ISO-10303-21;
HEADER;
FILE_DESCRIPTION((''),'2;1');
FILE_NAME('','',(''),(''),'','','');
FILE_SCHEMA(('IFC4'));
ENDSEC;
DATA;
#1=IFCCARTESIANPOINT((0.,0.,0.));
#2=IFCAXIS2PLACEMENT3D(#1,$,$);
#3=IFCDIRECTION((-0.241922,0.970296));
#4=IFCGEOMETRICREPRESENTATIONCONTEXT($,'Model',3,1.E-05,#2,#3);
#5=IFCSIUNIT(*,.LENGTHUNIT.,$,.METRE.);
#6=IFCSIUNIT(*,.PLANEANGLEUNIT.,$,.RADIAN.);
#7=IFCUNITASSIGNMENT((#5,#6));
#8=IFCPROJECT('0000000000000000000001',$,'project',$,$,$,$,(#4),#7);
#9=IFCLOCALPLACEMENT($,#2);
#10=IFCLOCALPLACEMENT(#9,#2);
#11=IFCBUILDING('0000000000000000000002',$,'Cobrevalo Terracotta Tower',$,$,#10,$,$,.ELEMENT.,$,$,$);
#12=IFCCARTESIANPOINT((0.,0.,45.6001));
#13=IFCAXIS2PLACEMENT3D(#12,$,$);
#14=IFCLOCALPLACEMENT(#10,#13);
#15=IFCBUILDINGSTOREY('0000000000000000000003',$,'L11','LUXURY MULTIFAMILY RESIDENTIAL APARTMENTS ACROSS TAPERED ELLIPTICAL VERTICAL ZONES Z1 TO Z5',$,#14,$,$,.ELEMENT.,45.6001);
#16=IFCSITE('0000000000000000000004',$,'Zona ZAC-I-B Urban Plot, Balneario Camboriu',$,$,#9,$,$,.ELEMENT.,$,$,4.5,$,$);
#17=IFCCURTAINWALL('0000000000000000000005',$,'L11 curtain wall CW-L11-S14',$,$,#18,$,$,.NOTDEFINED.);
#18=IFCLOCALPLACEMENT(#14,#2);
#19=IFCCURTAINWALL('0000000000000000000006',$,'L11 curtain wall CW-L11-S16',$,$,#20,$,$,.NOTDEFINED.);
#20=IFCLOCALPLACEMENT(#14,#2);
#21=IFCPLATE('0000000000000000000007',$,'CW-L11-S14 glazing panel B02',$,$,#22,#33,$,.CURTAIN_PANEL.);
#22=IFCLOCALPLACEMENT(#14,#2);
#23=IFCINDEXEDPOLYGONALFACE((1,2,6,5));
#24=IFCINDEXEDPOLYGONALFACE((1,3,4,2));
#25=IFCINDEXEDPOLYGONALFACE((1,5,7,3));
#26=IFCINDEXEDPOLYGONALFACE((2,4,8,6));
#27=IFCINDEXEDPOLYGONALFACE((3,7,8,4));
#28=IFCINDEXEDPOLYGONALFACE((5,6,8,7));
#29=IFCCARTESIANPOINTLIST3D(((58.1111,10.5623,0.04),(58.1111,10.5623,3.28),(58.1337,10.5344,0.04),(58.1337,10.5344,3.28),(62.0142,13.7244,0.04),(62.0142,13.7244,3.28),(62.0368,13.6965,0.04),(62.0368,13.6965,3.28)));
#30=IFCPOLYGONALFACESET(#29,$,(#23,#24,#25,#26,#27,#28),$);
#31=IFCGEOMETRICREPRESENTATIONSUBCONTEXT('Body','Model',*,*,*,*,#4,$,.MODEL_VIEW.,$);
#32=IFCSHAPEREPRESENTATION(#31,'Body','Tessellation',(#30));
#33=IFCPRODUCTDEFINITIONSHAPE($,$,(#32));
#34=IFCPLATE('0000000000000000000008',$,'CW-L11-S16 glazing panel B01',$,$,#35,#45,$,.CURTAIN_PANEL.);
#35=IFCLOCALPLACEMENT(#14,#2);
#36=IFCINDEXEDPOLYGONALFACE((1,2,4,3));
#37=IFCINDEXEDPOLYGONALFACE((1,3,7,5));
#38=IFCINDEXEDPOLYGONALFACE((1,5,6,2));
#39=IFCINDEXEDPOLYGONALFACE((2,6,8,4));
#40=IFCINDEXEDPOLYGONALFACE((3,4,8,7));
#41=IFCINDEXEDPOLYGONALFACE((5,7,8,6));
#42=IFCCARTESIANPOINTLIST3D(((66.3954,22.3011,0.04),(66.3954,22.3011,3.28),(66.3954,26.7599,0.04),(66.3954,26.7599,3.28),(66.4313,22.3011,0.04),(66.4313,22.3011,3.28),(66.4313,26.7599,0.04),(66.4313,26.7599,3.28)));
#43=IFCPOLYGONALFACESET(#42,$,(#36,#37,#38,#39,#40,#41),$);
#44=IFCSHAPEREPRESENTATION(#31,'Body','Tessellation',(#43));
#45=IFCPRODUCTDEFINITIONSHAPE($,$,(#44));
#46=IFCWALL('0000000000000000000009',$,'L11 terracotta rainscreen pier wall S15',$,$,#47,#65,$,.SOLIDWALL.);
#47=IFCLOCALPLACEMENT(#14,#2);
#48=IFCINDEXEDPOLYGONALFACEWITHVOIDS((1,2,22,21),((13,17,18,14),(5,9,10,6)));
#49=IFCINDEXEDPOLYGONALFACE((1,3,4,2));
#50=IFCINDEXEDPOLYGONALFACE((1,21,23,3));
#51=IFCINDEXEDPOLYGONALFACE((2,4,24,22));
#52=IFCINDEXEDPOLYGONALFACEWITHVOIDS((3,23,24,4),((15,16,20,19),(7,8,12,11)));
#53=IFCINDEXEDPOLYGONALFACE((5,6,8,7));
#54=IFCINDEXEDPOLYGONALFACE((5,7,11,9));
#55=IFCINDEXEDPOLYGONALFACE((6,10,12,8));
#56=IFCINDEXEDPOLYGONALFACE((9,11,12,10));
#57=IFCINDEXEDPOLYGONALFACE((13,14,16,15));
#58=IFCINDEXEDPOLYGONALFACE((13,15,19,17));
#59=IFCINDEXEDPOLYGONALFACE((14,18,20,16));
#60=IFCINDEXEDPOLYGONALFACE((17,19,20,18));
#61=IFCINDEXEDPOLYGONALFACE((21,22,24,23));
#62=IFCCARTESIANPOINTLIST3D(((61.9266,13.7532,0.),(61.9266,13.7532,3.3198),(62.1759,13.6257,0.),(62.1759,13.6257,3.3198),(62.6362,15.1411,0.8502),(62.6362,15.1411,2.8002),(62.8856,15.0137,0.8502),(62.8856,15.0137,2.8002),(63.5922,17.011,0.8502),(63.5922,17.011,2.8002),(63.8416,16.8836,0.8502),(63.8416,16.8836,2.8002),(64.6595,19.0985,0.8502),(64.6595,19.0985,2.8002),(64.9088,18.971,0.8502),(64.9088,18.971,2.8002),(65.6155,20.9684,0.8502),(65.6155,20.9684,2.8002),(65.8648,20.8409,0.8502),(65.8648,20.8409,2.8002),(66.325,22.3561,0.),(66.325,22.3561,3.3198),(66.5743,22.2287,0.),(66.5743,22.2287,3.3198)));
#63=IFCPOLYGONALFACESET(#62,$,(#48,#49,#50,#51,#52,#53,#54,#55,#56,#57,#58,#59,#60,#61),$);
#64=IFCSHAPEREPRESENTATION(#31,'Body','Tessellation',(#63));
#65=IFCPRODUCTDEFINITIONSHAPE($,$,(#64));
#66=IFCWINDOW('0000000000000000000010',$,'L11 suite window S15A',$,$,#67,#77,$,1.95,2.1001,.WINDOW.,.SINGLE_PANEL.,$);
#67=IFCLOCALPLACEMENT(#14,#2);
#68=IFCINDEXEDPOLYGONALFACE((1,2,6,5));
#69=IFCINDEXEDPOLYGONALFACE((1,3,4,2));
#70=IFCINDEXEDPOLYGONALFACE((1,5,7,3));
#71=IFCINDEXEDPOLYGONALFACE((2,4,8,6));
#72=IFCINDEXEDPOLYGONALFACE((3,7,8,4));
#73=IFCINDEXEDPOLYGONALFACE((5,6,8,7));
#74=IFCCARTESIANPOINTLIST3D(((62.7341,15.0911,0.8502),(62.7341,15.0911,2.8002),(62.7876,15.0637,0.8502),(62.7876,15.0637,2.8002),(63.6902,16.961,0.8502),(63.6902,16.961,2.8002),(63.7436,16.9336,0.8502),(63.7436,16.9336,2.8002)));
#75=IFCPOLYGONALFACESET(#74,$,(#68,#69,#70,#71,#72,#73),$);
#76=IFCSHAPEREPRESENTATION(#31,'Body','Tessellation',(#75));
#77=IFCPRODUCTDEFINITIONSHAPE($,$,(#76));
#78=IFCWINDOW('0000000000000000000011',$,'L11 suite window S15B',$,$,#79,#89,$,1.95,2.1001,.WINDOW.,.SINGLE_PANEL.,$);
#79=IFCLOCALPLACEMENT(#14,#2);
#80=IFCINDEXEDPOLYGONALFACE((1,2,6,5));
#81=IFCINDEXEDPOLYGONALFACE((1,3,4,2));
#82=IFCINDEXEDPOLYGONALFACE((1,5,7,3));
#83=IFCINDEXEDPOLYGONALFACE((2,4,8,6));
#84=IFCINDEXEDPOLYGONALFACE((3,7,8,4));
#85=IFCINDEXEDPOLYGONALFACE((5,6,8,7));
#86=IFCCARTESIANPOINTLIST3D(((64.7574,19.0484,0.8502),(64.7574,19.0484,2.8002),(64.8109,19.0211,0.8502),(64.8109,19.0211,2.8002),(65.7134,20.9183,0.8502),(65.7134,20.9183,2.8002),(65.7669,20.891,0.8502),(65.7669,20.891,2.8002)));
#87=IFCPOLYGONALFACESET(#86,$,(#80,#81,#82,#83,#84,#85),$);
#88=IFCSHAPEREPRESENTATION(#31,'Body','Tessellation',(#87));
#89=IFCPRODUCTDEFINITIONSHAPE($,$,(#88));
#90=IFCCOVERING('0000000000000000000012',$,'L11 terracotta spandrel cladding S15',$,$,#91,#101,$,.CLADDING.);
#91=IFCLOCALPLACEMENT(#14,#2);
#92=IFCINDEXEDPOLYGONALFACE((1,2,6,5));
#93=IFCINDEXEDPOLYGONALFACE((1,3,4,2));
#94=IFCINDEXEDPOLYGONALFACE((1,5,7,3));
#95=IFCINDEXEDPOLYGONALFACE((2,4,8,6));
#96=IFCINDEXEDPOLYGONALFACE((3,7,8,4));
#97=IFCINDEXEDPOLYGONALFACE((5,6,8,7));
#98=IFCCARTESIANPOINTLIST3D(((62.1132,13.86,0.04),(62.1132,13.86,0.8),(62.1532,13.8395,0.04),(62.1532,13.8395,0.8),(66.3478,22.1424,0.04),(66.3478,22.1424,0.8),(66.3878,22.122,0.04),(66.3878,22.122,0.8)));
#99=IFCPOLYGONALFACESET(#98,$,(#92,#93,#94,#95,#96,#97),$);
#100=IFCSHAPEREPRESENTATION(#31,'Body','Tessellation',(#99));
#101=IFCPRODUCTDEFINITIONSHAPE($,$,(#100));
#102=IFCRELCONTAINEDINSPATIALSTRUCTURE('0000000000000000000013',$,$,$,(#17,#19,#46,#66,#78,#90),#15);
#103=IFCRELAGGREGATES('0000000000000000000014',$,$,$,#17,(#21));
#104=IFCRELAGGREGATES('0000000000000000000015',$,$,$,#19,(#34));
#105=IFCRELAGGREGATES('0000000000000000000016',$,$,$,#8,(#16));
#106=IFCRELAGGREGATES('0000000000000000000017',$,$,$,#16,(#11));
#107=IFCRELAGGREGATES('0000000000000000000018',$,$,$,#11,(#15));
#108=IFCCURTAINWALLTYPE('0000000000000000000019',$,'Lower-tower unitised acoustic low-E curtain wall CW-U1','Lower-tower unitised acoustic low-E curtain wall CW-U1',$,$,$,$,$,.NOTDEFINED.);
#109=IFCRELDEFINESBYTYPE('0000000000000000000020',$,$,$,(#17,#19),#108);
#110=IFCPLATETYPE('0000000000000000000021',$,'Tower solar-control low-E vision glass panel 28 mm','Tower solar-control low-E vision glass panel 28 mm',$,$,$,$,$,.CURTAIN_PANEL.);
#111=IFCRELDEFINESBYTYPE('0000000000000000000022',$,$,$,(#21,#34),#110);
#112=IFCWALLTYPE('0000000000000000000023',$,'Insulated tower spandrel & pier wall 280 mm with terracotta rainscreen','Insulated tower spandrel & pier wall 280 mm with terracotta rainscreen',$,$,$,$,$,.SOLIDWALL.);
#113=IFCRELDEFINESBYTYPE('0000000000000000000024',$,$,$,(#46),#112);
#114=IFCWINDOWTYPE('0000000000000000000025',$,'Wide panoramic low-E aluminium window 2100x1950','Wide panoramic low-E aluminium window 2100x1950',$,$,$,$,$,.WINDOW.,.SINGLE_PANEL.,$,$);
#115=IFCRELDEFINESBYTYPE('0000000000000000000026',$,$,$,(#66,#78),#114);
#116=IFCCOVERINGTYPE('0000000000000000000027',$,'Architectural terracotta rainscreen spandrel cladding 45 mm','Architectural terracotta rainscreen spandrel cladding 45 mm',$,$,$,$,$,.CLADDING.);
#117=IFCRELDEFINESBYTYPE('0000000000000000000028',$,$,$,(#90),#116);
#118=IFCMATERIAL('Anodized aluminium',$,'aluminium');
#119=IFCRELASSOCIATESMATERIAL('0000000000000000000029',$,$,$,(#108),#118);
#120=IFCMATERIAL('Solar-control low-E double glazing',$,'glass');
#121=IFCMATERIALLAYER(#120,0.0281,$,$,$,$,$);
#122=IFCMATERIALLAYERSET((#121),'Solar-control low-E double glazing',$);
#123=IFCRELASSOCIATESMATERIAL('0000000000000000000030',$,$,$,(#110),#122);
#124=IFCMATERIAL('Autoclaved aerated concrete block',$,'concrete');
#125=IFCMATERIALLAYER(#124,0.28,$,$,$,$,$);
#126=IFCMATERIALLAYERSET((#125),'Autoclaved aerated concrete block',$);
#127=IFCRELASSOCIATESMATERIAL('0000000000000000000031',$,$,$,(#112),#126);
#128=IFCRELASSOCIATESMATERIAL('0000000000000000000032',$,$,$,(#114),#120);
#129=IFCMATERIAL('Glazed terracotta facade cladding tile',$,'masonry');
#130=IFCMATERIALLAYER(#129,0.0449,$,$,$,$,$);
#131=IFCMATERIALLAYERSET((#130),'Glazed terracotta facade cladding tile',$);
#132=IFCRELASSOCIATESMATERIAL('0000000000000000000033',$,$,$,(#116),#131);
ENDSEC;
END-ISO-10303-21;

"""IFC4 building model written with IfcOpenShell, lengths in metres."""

from ifc_helpers import new_model, si_unit, direction, frame, frame_2d, origin, origin_2d, place, context, subcontext, project, spatial, rectangle, extrude, source, transform, mapped, material, layer, layer_set, type_object, element, fill, aggregate, save


model = new_model("IFC4")

# Units and contexts
model_context = context("Model", 3, precision=1e-05, world=origin(), true_north=direction((-0.241922, 0.970296)))
body_context = subcontext(model_context, "Body", "Model", "MODEL_VIEW")
ifc_project = project(units=[si_unit("LENGTHUNIT", "METRE"), si_unit("PLANEANGLEUNIT", "RADIAN")], contexts=[model_context])

# Site, building, storey
site_placement = place(None, origin())
site = spatial("IfcSite", under=ifc_project, at=site_placement, Name="Zona ZAC-I-B Urban Plot, Balneario Camboriu", CompositionType="ELEMENT", RefElevation=4.5)
building_placement = place(site_placement, origin())
building = spatial("IfcBuilding", under=site, at=building_placement, Name="Cobrevalo Terracotta Tower", CompositionType="ELEMENT")
storey_placement = place(building_placement, frame((0.0, 0.0, 45.6001)))
storey = spatial("IfcBuildingStorey", under=building, at=storey_placement, Name="L11", Description="LUXURY MULTIFAMILY RESIDENTIAL APARTMENTS ACROSS TAPERED ELLIPTICAL VERTICAL ZONES Z1 TO Z5", CompositionType="ELEMENT", Elevation=45.6001)

# Curtain walls
ifc_material_1 = material(Name="Anodized aluminium", Category="aluminium")
curtain_wall_type = type_object("IfcCurtainWallType", Name="Lower-tower unitised acoustic low-E curtain wall CW-U1", Description="Lower-tower unitised acoustic low-E curtain wall CW-U1", PredefinedType="NOTDEFINED", material=ifc_material_1)
curtain_wall_1_placement = place(storey_placement, origin())
curtain_wall_1 = element("IfcCurtainWall", 1, at=curtain_wall_1_placement, inside=storey, type_object=curtain_wall_type, Name="L11 curtain wall CW-L11-S14", PredefinedType="NOTDEFINED")
curtain_wall_2_placement = place(storey_placement, origin())
curtain_wall_2 = element("IfcCurtainWall", 2, at=curtain_wall_2_placement, inside=storey, type_object=curtain_wall_type, Name="L11 curtain wall CW-L11-S16", PredefinedType="NOTDEFINED")

# Plates
ifc_material_2 = material(Name="Solar-control low-E double glazing", Category="glass")
ifc_layer_1 = layer(ifc_material_2, 0.0281)
ifc_layer_set_1 = layer_set([ifc_layer_1], Name="Solar-control low-E double glazing")
plate_type = type_object("IfcPlateType", Name="Tower solar-control low-E vision glass panel 28 mm", Description="Tower solar-control low-E vision glass panel 28 mm", PredefinedType="CURTAIN_PANEL", material=ifc_layer_set_1)
shared_shape_1 = source(origin(), body_context, "Body", "SweptSolid", [
    extrude(rectangle(XDim=5.0232, YDim=0.0359, at=origin_2d()), origin(), (0.0, 0.0, 1.0), 3.24),
])
plate_1_placement = place(storey_placement, frame((60.074, 12.1294, 0.04), z_axis=(0.0, 0.0, 1.0), x_axis=(0.777008, 0.629491, 0.0)))
plate_1 = element("IfcPlate", 3, at=plate_1_placement, type_object=plate_type, Name="CW-L11-S14 glazing panel B02", PredefinedType="CURTAIN_PANEL", context=body_context, shape_type="MappedRepresentation", body=[
    mapped(shared_shape_1, transform((0.0, 0.0, 0.0), scale=1.0)),
])
aggregate(curtain_wall_1, [plate_1])
shared_shape_2 = source(origin(), body_context, "Body", "SweptSolid", [
    extrude(rectangle(XDim=4.4587, YDim=0.0359, at=origin_2d()), origin(), (0.0, 0.0, 1.0), 3.24),
])
plate_2_placement = place(storey_placement, frame((66.4133, 24.5305, 0.04), z_axis=(0.0, 0.0, 1.0), x_axis=(0.0, 1.0, 0.0)))
plate_2 = element("IfcPlate", 4, at=plate_2_placement, type_object=plate_type, Name="CW-L11-S16 glazing panel B01", PredefinedType="CURTAIN_PANEL", context=body_context, shape_type="MappedRepresentation", body=[
    mapped(shared_shape_2, transform((0.0, 0.0, 0.0), scale=1.0)),
])
aggregate(curtain_wall_2, [plate_2])

# Wall, openings, windows
ifc_material_3 = material(Name="Autoclaved aerated concrete block", Category="concrete")
ifc_layer_2 = layer(ifc_material_3, 0.28)
ifc_layer_set_2 = layer_set([ifc_layer_2], Name="Autoclaved aerated concrete block")
wall_type = type_object("IfcWallType", Name="Insulated tower spandrel & pier wall 280 mm with terracotta rainscreen", Description="Insulated tower spandrel & pier wall 280 mm with terracotta rainscreen", PredefinedType="SOLIDWALL", material=ifc_layer_set_2)
wall_placement = place(storey_placement, frame((62.0513, 13.6895, 0.0), z_axis=(0.0, 0.0, 1.0), x_axis=(0.455221, 0.890379, 0.0)))
wall = element("IfcWall", 5, at=wall_placement, inside=storey, type_object=wall_type, Name="L11 terracotta rainscreen pier wall S15", PredefinedType="SOLIDWALL", context=body_context, shape_type="SweptSolid", body=[
    extrude(rectangle(XDim=9.6621, YDim=0.28, at=frame_2d((4.8311, 0.0))), origin(), (0.0, 0.0, 1.0), 3.3198),
])
opening_1_placement = place(wall_placement, frame((1.5588, 0.0, 0.8501)))
opening_1 = element("IfcOpeningElement", 6, at=opening_1_placement, cuts=wall, PredefinedType="OPENING", context=body_context, shape_type="SweptSolid", body=[
    extrude(rectangle(XDim=2.1001, YDim=1.95, at=frame_2d((1.05, 0.9751))), frame((0.0, 0.1499, 0.0), z_axis=(0.0, -1.0, 0.0), x_axis=(1.0, 0.0, 0.0)), (0.0, 0.0, 1.0), 0.3),
])
opening_2_placement = place(wall_placement, frame((6.0034, 0.0, 0.8501)))
opening_2 = element("IfcOpeningElement", 7, at=opening_2_placement, cuts=wall, PredefinedType="OPENING", context=body_context, shape_type="SweptSolid", body=[
    extrude(rectangle(XDim=2.1001, YDim=1.95, at=frame_2d((1.05, 0.9751))), frame((0.0, 0.1499, 0.0), z_axis=(0.0, -1.0, 0.0), x_axis=(1.0, 0.0, 0.0)), (0.0, 0.0, 1.0), 0.3),
])
window_type = type_object("IfcWindowType", Name="Wide panoramic low-E aluminium window 2100x1950", Description="Wide panoramic low-E aluminium window 2100x1950", PartitioningType="SINGLE_PANEL", PredefinedType="WINDOW", material=ifc_material_2)
shared_shape_3 = source(origin(), body_context, "Body", "SweptSolid", [
    extrude(rectangle(XDim=2.1001, YDim=1.95, at=frame_2d((1.05, 0.9751))), frame((0.0, 0.03, 0.0), z_axis=(0.0, -1.0, 0.0), x_axis=(1.0, 0.0, 0.0)), (0.0, 0.0, 1.0), 0.0601),
])
window_1_placement = place(opening_1_placement, origin())
window_1 = element("IfcWindow", 8, at=window_1_placement, inside=storey, type_object=window_type, Name="L11 suite window S15A", OverallHeight=1.95, OverallWidth=2.1001, PartitioningType="SINGLE_PANEL", PredefinedType="WINDOW", context=body_context, shape_type="MappedRepresentation", body=[
    mapped(shared_shape_3, transform((0.0, 0.0, 0.0), scale=1.0)),
])
fill(opening_1, window_1)
window_2_placement = place(opening_2_placement, origin())
window_2 = element("IfcWindow", 9, at=window_2_placement, inside=storey, type_object=window_type, Name="L11 suite window S15B", OverallHeight=1.95, OverallWidth=2.1001, PartitioningType="SINGLE_PANEL", PredefinedType="WINDOW", context=body_context, shape_type="MappedRepresentation", body=[
    mapped(shared_shape_3, transform((0.0, 0.0, 0.0), scale=1.0)),
])
fill(opening_2, window_2)

# Covering
ifc_material_4 = material(Name="Glazed terracotta facade cladding tile", Category="masonry")
ifc_layer_3 = layer(ifc_material_4, 0.0449)
ifc_layer_set_3 = layer_set([ifc_layer_3], Name="Glazed terracotta facade cladding tile")
covering_type = type_object("IfcCoveringType", Name="Architectural terracotta rainscreen spandrel cladding 45 mm", Description="Architectural terracotta rainscreen spandrel cladding 45 mm", PredefinedType="CLADDING", material=ifc_layer_set_3)
shared_shape_4 = source(origin(), body_context, "Body", "SweptSolid", [
    extrude(rectangle(XDim=9.3022, YDim=0.0449, at=origin_2d()), origin(), (0.0, 0.0, 1.0), 0.76),
])
covering_placement = place(storey_placement, frame((64.2505, 17.991, 0.04), z_axis=(0.0, 0.0, 1.0), x_axis=(0.455231, 0.890373, 0.0)))
element("IfcCovering", 10, at=covering_placement, inside=storey, type_object=covering_type, Name="L11 terracotta spandrel cladding S15", PredefinedType="CLADDING", context=body_context, shape_type="MappedRepresentation", body=[
    mapped(shared_shape_4, transform((0.0, 0.0, 0.0), scale=1.0)),
])

save(model, "model.ifc")
